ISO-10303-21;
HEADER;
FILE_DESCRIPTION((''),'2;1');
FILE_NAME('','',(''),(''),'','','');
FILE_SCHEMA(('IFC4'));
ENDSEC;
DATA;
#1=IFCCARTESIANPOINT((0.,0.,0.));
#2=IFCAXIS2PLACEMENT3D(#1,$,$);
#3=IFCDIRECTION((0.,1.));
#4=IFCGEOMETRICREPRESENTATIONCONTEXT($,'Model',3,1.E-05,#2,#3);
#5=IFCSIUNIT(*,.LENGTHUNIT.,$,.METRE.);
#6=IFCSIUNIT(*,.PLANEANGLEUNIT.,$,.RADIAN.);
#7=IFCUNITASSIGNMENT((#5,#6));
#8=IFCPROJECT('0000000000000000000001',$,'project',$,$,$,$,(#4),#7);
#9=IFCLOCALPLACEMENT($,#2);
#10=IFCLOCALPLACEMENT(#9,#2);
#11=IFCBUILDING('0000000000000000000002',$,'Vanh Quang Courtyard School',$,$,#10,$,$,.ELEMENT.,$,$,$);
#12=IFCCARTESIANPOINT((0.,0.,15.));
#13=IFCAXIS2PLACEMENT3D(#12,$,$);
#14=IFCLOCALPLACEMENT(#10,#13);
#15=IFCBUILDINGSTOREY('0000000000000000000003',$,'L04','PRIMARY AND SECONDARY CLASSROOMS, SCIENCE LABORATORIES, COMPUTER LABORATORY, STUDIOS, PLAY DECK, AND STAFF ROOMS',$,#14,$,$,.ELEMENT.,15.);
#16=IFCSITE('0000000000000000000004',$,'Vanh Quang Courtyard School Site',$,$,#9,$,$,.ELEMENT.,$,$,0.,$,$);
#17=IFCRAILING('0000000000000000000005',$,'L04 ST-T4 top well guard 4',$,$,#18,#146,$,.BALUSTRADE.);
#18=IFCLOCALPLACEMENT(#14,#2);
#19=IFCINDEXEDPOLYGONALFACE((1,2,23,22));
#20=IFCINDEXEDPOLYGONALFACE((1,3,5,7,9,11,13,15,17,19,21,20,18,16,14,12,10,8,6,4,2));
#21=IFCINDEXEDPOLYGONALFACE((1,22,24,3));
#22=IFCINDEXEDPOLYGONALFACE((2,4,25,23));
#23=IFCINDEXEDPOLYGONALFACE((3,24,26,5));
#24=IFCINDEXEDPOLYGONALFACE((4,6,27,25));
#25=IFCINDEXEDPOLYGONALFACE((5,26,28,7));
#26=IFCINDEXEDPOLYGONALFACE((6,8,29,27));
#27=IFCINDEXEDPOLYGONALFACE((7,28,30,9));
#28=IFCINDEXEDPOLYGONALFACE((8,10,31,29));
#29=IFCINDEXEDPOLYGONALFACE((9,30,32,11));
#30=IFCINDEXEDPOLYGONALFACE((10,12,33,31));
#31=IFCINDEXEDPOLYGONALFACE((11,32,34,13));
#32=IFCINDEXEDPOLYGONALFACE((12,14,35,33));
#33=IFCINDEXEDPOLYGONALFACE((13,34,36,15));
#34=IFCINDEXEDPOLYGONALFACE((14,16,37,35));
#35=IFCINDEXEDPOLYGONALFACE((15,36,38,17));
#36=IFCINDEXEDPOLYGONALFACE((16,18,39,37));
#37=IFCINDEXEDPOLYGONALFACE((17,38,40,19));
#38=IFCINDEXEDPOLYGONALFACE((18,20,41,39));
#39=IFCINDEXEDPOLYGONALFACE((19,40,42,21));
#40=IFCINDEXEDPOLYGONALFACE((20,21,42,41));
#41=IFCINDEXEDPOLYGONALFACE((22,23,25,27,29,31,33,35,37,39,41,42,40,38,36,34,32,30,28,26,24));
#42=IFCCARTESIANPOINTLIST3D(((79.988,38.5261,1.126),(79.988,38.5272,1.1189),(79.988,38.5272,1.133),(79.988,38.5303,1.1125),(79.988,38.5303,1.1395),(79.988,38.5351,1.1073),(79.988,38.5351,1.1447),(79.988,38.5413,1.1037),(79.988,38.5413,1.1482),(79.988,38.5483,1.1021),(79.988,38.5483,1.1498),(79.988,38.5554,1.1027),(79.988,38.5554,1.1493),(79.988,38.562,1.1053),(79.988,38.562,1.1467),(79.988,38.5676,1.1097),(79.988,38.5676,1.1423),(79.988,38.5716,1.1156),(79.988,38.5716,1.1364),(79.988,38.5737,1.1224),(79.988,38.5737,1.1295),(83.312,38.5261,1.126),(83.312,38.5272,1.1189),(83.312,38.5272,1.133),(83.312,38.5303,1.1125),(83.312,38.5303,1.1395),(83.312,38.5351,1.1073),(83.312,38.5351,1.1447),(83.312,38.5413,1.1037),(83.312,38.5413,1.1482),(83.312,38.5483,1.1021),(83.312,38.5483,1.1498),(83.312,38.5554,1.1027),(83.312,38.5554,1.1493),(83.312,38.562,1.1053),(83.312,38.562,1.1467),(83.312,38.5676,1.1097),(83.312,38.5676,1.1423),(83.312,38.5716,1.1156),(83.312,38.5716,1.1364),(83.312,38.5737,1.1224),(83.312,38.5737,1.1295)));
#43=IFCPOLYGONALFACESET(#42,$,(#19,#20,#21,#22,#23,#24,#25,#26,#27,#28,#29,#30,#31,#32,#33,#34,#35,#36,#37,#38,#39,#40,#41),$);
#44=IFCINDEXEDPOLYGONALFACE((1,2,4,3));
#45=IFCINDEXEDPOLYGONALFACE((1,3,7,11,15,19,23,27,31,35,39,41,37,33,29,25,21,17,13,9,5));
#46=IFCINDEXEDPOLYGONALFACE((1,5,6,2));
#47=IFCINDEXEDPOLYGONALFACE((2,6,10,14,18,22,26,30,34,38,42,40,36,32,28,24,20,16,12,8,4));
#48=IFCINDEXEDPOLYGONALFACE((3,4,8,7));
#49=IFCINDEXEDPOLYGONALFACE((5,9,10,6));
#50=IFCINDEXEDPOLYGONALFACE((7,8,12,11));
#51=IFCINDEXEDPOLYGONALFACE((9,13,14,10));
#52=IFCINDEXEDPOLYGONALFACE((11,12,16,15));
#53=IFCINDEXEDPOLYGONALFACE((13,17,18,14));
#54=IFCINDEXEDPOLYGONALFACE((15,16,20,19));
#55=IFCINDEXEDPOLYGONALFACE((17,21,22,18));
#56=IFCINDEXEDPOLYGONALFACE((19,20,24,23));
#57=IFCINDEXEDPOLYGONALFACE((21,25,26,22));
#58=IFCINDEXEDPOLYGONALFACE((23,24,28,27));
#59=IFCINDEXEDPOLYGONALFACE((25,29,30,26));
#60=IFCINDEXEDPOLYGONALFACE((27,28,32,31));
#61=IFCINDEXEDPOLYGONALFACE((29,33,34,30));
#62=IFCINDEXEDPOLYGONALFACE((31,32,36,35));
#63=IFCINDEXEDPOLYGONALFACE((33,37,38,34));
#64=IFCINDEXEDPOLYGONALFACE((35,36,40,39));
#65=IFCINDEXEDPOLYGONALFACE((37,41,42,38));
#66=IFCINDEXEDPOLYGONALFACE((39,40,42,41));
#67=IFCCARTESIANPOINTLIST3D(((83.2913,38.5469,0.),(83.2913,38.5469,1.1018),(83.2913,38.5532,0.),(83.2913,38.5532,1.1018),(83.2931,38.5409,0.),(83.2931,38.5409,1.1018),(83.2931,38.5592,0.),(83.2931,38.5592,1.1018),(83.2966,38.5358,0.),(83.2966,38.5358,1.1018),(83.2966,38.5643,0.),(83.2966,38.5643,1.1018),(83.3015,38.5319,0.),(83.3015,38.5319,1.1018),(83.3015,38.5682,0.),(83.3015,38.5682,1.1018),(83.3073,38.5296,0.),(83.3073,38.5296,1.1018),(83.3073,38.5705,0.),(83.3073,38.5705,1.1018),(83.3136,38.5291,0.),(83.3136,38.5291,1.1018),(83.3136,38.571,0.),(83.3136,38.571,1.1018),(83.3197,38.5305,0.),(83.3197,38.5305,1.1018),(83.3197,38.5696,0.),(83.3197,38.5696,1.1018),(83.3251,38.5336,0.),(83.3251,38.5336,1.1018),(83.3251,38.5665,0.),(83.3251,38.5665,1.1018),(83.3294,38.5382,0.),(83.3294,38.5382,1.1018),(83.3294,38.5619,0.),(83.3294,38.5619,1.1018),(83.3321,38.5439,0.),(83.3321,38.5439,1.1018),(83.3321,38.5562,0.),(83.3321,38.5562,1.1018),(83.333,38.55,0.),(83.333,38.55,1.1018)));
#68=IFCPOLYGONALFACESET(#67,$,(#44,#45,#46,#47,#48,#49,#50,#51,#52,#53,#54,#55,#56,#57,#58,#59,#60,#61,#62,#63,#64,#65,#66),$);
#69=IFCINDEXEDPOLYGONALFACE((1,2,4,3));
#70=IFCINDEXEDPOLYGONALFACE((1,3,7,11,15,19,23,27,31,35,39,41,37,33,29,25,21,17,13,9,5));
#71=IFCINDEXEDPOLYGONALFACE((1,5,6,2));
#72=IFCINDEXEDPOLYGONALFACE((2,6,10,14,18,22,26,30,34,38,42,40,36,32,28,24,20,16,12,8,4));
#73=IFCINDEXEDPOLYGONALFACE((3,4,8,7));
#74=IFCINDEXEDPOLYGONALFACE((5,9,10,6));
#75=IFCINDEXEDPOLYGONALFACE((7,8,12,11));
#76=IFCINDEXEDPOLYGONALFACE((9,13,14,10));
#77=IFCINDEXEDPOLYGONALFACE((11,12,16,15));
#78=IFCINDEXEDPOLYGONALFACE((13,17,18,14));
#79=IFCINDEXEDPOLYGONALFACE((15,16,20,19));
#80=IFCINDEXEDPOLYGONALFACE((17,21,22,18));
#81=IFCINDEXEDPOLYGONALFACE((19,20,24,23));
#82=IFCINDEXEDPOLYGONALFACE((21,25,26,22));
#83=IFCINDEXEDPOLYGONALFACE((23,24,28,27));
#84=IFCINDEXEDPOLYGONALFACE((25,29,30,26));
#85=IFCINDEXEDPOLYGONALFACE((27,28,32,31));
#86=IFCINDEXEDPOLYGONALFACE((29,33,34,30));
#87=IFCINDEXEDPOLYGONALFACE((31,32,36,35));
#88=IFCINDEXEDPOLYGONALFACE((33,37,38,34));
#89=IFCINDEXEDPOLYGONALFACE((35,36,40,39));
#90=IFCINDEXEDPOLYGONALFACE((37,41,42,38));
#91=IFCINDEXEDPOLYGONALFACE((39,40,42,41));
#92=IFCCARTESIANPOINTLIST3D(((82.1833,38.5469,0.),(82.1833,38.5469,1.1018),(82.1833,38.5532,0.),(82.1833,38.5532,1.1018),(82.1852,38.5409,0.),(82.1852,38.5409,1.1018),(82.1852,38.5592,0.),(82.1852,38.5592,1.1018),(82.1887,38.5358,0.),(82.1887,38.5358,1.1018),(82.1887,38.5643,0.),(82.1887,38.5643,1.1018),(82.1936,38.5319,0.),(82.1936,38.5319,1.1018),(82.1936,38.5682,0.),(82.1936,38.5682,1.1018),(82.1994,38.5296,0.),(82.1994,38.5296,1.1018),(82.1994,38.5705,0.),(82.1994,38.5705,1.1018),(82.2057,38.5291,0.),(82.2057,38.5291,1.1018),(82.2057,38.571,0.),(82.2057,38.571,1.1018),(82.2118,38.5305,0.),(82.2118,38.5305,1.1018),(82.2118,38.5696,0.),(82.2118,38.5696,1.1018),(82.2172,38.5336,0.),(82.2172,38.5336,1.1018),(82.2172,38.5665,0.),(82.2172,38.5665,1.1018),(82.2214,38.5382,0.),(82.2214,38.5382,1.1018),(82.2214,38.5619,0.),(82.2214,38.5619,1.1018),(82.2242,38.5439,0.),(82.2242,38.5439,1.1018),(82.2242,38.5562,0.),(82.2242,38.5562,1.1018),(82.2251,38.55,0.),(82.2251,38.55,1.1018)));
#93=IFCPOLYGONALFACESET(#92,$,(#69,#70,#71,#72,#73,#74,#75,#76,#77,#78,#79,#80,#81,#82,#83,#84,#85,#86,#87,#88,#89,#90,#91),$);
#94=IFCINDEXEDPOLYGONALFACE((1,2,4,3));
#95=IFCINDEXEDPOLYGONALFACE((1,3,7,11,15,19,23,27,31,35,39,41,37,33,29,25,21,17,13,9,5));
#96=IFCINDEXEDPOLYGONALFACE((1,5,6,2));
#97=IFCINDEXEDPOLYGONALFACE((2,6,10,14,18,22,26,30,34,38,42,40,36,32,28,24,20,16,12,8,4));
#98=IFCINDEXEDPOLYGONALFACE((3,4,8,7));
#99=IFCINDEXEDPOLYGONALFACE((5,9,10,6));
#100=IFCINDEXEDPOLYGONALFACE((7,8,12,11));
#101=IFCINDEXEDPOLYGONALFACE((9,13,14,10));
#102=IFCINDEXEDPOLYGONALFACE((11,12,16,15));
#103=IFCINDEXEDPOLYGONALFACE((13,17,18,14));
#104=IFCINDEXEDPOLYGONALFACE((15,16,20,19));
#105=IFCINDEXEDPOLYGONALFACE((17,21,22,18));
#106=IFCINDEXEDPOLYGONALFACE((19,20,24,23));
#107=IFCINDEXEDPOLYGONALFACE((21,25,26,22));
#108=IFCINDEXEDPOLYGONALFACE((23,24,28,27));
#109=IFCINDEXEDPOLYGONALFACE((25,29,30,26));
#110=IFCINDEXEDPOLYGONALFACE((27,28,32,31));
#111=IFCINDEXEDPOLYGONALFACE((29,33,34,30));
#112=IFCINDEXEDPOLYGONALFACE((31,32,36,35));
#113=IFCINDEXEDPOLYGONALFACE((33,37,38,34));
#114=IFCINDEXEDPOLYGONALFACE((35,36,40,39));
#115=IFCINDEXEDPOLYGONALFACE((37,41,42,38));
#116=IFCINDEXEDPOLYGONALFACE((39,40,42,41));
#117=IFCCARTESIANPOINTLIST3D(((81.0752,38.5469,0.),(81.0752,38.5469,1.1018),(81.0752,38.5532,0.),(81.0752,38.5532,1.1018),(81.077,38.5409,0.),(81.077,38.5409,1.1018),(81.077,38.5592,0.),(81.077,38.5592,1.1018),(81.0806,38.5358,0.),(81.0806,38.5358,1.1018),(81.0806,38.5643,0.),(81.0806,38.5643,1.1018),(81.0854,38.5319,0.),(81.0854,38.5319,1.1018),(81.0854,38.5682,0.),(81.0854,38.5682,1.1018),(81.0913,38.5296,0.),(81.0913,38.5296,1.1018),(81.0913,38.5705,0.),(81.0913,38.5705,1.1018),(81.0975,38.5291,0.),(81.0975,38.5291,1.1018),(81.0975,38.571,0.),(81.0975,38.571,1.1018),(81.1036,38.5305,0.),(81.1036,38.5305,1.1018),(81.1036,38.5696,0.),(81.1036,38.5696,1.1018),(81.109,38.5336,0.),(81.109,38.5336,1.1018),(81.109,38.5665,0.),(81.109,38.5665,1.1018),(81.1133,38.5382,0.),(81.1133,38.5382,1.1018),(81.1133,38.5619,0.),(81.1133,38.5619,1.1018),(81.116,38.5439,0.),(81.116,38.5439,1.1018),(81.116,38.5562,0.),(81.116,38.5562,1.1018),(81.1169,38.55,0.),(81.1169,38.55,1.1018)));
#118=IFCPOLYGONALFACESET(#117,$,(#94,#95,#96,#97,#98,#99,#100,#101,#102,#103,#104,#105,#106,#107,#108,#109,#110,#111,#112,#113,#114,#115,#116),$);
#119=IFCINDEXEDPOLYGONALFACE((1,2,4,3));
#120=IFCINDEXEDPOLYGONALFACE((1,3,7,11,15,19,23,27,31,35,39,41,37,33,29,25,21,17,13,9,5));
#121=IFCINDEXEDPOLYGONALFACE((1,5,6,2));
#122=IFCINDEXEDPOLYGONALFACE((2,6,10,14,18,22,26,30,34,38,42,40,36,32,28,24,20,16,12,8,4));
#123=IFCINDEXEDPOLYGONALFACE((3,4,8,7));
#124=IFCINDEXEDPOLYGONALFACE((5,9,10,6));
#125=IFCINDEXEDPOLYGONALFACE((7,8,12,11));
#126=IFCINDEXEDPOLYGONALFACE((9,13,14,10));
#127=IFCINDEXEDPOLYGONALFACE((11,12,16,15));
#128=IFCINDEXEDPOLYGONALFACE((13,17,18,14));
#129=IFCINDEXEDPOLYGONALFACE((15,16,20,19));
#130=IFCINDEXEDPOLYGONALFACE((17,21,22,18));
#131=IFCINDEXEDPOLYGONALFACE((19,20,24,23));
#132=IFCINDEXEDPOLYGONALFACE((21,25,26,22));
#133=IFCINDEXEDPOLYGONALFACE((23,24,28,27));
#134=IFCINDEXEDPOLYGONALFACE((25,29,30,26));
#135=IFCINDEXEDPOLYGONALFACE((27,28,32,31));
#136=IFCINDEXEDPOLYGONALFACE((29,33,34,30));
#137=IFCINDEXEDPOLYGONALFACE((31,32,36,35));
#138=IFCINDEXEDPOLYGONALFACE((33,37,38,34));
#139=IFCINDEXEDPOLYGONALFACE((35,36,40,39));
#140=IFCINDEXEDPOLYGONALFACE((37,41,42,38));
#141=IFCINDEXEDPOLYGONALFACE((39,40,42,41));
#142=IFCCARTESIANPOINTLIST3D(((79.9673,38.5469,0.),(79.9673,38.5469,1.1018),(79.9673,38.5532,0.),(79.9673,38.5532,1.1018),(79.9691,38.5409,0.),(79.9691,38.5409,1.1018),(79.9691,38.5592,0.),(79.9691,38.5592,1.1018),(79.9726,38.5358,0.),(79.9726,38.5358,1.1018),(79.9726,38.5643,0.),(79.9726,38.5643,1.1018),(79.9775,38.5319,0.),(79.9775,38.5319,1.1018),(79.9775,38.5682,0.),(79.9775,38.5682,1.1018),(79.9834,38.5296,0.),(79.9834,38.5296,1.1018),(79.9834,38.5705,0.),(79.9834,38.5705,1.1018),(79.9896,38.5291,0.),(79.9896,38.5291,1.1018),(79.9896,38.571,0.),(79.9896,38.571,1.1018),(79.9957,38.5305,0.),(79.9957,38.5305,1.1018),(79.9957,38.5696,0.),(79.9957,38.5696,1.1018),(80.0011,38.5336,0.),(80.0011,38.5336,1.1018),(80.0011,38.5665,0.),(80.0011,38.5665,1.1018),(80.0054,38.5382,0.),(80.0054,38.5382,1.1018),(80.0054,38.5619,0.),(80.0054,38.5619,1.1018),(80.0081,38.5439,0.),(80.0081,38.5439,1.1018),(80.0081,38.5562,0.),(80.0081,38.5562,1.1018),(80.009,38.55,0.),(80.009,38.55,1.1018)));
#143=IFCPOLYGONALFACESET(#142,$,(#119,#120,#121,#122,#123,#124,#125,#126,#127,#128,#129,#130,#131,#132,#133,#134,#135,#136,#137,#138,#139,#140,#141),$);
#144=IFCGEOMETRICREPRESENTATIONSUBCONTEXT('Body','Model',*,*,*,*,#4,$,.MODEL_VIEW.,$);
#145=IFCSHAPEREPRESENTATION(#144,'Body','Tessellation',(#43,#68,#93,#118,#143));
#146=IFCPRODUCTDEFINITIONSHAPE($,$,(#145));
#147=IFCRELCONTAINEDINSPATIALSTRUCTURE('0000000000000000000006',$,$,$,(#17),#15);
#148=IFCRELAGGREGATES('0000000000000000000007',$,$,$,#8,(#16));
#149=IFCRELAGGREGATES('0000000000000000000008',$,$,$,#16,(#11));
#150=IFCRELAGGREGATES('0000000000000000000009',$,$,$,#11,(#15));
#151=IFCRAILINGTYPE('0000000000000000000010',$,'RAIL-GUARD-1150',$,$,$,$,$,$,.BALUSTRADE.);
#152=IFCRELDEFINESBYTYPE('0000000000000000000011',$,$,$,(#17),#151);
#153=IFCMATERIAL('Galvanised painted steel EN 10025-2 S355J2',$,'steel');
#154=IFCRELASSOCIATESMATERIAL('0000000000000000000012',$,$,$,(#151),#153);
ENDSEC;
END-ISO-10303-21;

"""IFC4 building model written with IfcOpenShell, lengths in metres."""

from ifc_helpers import new_model, si_unit, direction, frame, origin, origin_2d, place, context, subcontext, project, spatial, circle, extrude, material, type_object, element, save


model = new_model("IFC4")

# Units and contexts
model_context = context("Model", 3, precision=1e-05, world=origin(), true_north=direction((0.0, 1.0)))
body_context = subcontext(model_context, "Body", "Model", "MODEL_VIEW")
ifc_project = project(units=[si_unit("LENGTHUNIT", "METRE"), si_unit("PLANEANGLEUNIT", "RADIAN")], contexts=[model_context])

# Site, building, storey
site_placement = place(None, origin())
site = spatial("IfcSite", under=ifc_project, at=site_placement, Name="Vanh Quang Courtyard School Site", CompositionType="ELEMENT", RefElevation=0.0)
building_placement = place(site_placement, origin())
building = spatial("IfcBuilding", under=site, at=building_placement, Name="Vanh Quang Courtyard School", CompositionType="ELEMENT")
storey_placement = place(building_placement, frame((0.0, 0.0, 15.0)))
storey = spatial("IfcBuildingStorey", under=building, at=storey_placement, Name="L04", Description="PRIMARY AND SECONDARY CLASSROOMS, SCIENCE LABORATORIES, COMPUTER LABORATORY, STUDIOS, PLAY DECK, AND STAFF ROOMS", CompositionType="ELEMENT", Elevation=15.0)

# Railing
ifc_material_1 = material(Name="Galvanised painted steel EN 10025-2 S355J2", Category="steel")
railing_type = type_object("IfcRailingType", Name="RAIL-GUARD-1150", PredefinedType="BALUSTRADE", material=ifc_material_1)
railing_1_placement = place(storey_placement, frame((83.312, 38.55, 0.0)))
element("IfcRailing", 1, at=railing_1_placement, inside=storey, type_object=railing_type, Name="L04 ST-T4 top well guard 4", PredefinedType="BALUSTRADE", context=body_context, shape_type="SweptSolid", body=[
    extrude(circle(Radius=0.0239, at=origin_2d()), frame((0.0, 0.0, 1.126), z_axis=(-1.0, 0.0, 0.0), x_axis=(0.0, -1.0, 0.0)), (0.0, 0.0, 1.0), 3.324),
    extrude(circle(Radius=0.021, at=origin_2d()), origin(), (0.0, 0.0, 1.0), 1.1018),
    extrude(circle(Radius=0.021, at=origin_2d()), frame((-1.1079, 0.0, 0.0)), (0.0, 0.0, 1.0), 1.1018),
    extrude(circle(Radius=0.021, at=origin_2d()), frame((-2.2161, 0.0, 0.0)), (0.0, 0.0, 1.0), 1.1018),
    extrude(circle(Radius=0.021, at=origin_2d()), frame((-3.324, 0.0, 0.0)), (0.0, 0.0, 1.0), 1.1018),
])

save(model, "model.ifc")
